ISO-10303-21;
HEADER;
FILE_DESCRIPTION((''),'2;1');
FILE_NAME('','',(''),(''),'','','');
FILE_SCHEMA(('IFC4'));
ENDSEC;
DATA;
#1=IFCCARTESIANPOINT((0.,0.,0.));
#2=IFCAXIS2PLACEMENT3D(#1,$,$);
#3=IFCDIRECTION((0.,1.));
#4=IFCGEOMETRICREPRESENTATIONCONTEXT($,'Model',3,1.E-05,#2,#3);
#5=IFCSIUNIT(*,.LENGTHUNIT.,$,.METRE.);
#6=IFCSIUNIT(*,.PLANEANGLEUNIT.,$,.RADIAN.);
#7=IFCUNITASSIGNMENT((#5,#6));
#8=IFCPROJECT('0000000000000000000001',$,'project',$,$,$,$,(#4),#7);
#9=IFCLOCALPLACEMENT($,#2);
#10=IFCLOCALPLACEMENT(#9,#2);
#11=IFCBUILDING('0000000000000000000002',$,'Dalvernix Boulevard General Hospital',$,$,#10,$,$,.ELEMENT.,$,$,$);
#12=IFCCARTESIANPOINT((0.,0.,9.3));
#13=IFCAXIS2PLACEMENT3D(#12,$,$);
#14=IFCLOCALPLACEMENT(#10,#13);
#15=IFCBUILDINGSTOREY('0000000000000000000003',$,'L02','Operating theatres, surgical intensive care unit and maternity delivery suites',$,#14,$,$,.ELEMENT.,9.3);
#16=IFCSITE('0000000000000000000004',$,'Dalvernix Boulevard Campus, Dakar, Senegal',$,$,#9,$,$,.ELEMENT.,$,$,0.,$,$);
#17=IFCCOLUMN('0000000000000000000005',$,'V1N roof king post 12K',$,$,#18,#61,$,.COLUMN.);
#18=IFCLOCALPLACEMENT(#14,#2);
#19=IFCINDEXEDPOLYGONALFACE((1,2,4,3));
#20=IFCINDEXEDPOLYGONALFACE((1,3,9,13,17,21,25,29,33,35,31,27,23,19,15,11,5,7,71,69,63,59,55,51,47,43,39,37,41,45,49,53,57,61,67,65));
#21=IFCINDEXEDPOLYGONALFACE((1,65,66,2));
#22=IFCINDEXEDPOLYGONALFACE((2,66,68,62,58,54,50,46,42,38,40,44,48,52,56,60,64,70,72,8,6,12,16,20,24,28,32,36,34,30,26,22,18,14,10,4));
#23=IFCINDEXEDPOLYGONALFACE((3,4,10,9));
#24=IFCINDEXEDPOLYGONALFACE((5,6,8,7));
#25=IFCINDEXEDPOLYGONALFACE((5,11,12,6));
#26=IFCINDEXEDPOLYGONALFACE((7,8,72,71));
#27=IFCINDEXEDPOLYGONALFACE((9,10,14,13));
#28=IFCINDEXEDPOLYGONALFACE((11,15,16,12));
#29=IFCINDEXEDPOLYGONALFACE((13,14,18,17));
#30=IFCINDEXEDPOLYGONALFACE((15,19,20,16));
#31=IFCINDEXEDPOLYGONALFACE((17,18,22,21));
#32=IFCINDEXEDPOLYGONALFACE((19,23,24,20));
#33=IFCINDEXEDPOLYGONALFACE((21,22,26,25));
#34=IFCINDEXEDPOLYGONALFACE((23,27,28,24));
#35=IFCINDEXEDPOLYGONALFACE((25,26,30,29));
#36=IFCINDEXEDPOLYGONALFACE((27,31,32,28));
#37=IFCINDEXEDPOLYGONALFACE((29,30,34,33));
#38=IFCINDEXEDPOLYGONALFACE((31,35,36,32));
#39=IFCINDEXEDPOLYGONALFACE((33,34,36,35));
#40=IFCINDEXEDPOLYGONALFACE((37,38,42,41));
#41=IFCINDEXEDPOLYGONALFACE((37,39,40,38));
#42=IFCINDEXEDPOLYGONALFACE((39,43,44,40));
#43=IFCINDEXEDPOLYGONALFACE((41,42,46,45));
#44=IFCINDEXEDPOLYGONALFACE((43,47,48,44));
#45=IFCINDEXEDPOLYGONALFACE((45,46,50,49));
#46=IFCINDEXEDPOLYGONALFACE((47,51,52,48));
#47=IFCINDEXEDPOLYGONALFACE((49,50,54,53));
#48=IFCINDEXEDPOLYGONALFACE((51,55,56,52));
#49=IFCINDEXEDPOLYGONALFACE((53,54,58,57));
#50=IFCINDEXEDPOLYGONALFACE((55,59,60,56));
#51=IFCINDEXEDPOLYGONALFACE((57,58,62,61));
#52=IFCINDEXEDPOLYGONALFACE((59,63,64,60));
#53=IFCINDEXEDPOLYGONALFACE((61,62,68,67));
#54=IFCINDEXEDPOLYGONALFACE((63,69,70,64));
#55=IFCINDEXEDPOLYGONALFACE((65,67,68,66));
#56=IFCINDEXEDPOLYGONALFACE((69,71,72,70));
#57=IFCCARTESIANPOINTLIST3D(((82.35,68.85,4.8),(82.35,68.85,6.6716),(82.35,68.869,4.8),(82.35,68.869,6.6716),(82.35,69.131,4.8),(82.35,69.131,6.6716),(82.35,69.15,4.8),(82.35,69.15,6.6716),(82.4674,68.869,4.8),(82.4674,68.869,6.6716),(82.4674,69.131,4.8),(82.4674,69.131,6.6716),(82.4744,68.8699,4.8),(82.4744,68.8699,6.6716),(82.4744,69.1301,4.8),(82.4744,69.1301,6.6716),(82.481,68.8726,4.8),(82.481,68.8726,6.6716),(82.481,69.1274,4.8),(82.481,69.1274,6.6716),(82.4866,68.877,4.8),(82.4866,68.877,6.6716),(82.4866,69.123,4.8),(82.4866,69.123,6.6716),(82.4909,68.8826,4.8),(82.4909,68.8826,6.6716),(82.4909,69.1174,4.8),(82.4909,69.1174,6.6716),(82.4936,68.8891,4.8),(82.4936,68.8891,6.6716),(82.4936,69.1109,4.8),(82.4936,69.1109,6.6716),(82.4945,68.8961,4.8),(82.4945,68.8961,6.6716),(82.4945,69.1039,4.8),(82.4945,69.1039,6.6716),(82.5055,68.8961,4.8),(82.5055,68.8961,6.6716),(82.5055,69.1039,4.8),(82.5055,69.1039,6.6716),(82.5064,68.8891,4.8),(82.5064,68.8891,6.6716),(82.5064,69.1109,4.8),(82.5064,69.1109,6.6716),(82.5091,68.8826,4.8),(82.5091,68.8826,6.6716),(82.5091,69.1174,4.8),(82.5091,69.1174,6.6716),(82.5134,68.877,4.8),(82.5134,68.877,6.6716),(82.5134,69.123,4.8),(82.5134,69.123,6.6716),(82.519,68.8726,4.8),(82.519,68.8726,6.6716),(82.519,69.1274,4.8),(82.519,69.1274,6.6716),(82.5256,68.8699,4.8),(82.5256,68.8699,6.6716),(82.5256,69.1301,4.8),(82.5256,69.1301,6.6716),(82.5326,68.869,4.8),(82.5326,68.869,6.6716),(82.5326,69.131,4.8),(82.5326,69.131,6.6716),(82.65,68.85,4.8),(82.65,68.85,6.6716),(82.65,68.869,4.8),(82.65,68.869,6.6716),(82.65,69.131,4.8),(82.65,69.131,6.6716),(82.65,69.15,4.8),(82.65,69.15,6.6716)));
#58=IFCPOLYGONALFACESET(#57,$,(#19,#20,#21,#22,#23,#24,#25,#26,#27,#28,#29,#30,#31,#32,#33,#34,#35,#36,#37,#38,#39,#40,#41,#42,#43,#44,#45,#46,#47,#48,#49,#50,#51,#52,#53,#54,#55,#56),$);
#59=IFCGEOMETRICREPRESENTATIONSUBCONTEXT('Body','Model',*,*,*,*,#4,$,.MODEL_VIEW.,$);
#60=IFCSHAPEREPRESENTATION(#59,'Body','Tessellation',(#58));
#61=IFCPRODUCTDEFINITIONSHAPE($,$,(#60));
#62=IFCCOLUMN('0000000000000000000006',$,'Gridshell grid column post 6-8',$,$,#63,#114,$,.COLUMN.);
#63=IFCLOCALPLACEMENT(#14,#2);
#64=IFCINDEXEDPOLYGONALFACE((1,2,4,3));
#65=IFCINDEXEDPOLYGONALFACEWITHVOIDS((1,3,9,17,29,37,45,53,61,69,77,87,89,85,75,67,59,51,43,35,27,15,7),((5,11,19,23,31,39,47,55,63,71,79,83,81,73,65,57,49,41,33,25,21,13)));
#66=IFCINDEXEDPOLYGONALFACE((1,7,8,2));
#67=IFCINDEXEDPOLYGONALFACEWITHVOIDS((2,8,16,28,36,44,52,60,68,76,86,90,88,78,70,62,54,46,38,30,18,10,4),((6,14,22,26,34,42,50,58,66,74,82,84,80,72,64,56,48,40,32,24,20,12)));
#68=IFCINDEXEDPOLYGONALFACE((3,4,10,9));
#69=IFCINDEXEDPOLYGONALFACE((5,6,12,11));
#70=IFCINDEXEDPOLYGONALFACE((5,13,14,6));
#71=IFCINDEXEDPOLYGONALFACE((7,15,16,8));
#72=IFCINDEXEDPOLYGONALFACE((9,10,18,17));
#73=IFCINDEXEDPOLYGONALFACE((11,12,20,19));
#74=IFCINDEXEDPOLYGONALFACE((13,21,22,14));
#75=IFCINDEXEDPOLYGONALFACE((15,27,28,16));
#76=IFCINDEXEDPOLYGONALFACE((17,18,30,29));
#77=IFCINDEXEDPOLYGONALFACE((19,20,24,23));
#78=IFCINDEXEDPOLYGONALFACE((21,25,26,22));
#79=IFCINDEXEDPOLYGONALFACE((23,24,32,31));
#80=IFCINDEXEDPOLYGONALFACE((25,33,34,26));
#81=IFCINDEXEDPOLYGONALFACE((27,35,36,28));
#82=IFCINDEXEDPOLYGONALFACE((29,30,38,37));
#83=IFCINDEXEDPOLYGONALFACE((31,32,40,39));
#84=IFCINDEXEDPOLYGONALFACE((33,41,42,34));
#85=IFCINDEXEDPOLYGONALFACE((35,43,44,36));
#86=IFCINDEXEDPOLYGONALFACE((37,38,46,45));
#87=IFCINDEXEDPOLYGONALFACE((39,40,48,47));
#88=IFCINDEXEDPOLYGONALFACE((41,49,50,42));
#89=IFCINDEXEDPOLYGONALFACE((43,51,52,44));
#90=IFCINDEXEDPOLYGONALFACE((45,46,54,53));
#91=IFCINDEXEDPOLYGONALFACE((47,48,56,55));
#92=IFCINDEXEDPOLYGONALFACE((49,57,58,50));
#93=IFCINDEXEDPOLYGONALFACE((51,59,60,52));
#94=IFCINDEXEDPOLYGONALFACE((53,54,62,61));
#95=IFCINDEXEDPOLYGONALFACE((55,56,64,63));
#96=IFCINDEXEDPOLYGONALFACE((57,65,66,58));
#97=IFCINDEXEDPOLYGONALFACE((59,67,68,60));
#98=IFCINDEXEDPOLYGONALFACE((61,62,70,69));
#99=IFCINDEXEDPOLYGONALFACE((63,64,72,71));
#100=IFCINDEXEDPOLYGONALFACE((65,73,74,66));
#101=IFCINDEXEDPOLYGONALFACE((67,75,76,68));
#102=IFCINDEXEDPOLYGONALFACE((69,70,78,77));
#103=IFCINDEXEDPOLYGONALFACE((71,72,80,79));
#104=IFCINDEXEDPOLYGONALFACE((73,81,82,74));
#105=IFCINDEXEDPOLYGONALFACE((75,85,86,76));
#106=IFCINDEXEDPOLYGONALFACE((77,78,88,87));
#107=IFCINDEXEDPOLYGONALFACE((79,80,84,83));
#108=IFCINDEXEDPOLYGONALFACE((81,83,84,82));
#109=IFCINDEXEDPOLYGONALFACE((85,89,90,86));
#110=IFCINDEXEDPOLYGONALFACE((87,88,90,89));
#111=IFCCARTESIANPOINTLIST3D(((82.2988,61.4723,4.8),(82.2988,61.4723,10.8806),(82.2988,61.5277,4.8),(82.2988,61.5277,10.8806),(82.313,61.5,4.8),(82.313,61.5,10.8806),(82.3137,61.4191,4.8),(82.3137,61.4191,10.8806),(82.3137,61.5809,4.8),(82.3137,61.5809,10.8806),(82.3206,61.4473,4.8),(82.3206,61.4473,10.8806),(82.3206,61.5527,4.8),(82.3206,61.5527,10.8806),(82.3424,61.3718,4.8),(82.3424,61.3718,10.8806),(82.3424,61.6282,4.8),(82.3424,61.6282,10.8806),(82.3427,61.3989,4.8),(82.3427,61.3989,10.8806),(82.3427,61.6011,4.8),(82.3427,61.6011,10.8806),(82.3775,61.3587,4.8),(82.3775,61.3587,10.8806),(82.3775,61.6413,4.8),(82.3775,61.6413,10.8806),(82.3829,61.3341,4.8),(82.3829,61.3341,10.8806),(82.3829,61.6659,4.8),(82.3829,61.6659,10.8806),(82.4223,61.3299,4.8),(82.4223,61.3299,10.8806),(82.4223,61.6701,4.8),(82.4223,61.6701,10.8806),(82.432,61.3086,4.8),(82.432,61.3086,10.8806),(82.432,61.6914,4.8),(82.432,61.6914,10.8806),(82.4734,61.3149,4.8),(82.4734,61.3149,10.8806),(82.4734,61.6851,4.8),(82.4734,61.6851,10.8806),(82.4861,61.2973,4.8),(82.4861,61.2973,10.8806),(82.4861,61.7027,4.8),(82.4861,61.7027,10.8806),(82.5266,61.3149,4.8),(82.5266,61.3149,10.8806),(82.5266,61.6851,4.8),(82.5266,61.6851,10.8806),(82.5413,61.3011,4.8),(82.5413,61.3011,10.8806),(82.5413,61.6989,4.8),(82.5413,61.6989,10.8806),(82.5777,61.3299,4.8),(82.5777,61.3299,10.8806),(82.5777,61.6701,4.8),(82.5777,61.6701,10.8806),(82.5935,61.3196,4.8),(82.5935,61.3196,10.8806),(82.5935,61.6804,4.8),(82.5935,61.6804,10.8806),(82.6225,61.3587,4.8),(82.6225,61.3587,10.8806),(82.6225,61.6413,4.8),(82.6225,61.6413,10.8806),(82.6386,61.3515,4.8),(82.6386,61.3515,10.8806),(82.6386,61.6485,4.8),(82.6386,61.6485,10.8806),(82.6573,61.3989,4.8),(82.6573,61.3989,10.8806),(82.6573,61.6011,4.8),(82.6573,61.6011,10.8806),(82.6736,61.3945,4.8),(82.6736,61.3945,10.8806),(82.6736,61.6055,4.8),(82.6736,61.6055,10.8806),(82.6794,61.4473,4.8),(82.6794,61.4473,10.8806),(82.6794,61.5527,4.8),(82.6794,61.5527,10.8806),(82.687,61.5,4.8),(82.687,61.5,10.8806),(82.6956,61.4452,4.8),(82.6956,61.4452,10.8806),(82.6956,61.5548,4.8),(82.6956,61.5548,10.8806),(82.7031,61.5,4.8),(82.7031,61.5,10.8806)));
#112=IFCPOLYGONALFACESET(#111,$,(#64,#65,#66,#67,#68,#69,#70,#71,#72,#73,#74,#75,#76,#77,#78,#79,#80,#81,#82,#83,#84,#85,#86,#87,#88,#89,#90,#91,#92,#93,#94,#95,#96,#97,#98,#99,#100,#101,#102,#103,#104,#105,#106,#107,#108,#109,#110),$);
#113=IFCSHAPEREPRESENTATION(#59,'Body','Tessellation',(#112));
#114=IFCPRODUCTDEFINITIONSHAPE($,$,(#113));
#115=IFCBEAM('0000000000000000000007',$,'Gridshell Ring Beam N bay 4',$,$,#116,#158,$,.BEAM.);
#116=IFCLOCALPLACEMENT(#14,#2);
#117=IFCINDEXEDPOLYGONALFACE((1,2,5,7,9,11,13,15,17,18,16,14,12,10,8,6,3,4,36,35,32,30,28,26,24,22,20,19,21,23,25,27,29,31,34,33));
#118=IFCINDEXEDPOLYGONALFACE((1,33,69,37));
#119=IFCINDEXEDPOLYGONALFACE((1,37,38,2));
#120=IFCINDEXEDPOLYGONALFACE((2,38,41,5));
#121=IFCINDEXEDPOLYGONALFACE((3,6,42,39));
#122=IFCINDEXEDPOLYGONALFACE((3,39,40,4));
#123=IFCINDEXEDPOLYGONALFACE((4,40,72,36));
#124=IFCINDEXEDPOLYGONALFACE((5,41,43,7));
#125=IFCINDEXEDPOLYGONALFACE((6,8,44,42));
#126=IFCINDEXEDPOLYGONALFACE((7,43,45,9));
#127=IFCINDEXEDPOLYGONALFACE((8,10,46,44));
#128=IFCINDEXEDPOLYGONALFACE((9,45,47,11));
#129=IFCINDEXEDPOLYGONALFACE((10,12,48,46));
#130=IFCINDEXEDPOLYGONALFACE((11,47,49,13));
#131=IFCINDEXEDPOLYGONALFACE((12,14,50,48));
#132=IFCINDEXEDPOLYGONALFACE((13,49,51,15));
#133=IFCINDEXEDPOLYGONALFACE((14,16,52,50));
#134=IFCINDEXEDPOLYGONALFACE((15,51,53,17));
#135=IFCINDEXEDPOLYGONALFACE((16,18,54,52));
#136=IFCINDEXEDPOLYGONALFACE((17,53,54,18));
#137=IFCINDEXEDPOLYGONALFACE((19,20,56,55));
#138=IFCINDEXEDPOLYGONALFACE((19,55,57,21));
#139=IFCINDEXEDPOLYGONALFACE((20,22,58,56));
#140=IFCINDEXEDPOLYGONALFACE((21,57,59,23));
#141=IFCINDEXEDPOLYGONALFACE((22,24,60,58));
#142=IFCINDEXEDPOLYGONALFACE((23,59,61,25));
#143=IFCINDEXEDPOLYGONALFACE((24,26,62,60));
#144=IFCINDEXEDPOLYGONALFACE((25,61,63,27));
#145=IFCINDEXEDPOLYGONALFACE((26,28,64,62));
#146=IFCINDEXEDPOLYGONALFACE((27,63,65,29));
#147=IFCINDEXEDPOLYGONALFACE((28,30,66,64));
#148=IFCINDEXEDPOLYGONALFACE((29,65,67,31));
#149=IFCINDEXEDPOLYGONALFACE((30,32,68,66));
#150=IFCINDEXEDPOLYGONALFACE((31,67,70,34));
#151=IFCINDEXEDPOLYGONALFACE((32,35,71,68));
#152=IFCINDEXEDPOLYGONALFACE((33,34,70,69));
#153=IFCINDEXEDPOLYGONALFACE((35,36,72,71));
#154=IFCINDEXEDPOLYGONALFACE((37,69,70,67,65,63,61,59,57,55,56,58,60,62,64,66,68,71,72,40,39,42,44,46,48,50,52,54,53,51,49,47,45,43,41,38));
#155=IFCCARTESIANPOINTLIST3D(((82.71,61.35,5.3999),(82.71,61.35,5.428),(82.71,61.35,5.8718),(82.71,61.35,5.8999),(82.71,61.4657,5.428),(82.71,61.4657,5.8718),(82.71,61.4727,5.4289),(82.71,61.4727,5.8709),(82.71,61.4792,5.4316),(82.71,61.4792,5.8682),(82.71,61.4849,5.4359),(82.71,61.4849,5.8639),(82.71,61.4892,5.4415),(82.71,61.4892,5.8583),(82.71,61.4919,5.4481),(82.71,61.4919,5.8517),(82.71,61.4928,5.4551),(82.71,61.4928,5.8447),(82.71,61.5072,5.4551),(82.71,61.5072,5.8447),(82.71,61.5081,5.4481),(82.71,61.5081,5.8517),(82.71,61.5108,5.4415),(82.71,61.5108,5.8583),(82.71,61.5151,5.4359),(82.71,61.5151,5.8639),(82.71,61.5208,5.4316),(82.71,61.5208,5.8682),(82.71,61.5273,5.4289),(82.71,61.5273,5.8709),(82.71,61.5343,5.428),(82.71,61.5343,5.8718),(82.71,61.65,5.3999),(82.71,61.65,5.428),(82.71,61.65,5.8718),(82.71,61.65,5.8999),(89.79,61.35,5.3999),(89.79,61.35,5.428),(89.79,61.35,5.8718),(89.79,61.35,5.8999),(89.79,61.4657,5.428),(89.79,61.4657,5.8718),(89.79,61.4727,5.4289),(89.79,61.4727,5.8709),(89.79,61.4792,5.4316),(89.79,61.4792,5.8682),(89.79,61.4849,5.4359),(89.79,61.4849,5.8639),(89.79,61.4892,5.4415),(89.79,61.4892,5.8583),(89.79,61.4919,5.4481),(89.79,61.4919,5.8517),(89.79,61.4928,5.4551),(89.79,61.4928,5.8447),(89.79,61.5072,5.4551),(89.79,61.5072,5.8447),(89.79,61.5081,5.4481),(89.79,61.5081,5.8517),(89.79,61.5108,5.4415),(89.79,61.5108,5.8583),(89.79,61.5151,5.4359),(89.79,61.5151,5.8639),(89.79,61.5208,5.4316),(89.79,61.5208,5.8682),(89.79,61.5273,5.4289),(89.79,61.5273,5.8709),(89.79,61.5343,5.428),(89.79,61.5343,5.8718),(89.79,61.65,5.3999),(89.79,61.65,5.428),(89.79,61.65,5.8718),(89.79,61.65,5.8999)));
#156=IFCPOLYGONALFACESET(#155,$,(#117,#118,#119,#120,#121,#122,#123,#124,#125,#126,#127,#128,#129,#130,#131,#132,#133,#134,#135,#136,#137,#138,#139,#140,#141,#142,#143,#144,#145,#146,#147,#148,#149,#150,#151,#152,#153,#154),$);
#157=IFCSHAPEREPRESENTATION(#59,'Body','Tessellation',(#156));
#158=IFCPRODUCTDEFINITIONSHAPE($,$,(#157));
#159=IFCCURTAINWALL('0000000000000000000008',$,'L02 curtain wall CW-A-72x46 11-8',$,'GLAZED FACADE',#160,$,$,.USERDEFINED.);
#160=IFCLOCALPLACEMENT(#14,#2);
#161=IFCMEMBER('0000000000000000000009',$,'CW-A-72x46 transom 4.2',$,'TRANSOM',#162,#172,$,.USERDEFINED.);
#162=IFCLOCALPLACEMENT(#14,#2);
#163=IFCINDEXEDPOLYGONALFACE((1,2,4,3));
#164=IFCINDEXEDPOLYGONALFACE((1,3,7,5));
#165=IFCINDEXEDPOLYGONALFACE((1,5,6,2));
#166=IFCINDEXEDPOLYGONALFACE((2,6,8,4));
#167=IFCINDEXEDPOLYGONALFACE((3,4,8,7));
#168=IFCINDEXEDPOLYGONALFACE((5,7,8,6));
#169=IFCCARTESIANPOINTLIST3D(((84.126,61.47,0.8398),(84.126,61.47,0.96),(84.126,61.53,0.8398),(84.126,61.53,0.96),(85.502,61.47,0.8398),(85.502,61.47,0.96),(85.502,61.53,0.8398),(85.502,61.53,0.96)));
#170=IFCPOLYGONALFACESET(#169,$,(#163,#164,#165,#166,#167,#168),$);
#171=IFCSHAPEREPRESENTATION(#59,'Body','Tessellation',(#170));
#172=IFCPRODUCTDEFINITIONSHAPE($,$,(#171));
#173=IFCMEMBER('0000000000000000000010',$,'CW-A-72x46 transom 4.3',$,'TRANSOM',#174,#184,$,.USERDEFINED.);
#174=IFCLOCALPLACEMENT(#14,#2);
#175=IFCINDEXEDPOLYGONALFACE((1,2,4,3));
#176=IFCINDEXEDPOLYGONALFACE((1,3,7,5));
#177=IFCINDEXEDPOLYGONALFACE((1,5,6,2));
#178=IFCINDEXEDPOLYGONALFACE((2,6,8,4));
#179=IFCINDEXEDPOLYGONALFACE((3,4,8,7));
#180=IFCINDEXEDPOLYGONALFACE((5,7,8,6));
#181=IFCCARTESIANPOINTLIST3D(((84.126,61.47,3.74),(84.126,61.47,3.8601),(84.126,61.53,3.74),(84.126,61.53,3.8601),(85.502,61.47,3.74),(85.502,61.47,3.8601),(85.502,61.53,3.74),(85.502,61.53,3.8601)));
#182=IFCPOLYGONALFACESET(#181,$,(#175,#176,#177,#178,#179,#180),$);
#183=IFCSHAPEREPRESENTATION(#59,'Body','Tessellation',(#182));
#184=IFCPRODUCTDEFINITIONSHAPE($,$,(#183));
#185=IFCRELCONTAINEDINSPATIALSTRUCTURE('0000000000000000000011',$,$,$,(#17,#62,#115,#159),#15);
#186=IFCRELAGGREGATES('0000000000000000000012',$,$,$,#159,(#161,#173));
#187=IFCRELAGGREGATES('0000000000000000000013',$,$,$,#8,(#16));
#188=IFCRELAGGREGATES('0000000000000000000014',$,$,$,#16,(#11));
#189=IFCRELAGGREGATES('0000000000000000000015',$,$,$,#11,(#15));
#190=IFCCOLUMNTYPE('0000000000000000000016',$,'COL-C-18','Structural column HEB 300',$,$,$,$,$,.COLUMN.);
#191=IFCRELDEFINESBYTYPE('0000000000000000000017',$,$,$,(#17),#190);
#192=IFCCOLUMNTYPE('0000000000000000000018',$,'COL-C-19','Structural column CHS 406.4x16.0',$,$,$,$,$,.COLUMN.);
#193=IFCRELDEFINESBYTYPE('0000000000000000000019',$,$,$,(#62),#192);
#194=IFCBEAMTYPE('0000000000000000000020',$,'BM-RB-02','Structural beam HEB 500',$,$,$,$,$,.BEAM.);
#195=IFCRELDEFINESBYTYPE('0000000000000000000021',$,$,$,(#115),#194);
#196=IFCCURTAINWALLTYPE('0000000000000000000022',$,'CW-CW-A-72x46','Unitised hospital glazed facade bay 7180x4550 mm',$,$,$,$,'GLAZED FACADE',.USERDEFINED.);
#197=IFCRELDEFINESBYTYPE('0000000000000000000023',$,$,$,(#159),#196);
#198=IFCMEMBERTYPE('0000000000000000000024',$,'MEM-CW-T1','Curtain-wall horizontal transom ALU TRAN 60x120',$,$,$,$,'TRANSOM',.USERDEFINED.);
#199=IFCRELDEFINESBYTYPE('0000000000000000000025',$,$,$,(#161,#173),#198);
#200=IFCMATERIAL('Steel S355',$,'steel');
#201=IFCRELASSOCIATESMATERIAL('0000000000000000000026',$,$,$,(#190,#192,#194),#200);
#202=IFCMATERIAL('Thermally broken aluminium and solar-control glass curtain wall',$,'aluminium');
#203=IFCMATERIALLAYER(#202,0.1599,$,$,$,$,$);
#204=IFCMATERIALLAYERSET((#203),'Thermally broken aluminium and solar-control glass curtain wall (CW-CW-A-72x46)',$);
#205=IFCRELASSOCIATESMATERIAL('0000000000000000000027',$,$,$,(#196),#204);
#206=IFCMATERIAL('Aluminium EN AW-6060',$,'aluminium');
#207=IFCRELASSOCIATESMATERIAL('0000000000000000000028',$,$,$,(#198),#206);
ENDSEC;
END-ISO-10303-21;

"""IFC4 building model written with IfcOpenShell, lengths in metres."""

from ifc_helpers import new_model, si_unit, direction, frame, origin, origin_2d, place, context, subcontext, project, spatial, rectangle, hollow_circle, i_section, extrude, material, layer, layer_set, material_profile, profile_set, type_object, element, aggregate, save


model = new_model("IFC4")

# Units and contexts
model_context = context("Model", 3, precision=1e-05, world=origin(), true_north=direction((0.0, 1.0)))
body_context = subcontext(model_context, "Body", "Model", "MODEL_VIEW")
ifc_project = project(units=[si_unit("LENGTHUNIT", "METRE"), si_unit("PLANEANGLEUNIT", "RADIAN")], contexts=[model_context])

# Site, building, storey
site_placement = place(None, origin())
site = spatial("IfcSite", under=ifc_project, at=site_placement, Name="Dalvernix Boulevard Campus, Dakar, Senegal", CompositionType="ELEMENT", RefElevation=0.0)
building_placement = place(site_placement, origin())
building = spatial("IfcBuilding", under=site, at=building_placement, Name="Dalvernix Boulevard General Hospital", CompositionType="ELEMENT")
storey_placement = place(building_placement, frame((0.0, 0.0, 9.3)))
storey = spatial("IfcBuildingStorey", under=building, at=storey_placement, Name="L02", Description="Operating theatres, surgical intensive care unit and maternity delivery suites", CompositionType="ELEMENT", Elevation=9.3)

# Columns
ifc_material_1 = material(Name="Steel S355", Category="steel")
ifc_material_profile_1 = material_profile(ifc_material_1, i_section(OverallWidth=0.3, OverallDepth=0.3, WebThickness=0.011, FlangeThickness=0.019, FilletRadius=0.0271, at=origin_2d()), Name="HEB 300")
ifc_profile_set_1 = profile_set([ifc_material_profile_1], Name="Steel S355")
column_type_1 = type_object("IfcColumnType", Name="COL-C-18", Description="Structural column HEB 300", PredefinedType="COLUMN", material=ifc_profile_set_1)
column_1_placement = place(storey_placement, frame((82.5, 69.0, 4.8), z_axis=(0.0, 0.0, 1.0), x_axis=(1.0, 0.0, 0.0)))
element("IfcColumn", 1, at=column_1_placement, inside=storey, type_object=column_type_1, Name="V1N roof king post 12K", PredefinedType="COLUMN", context=body_context, shape_type="SweptSolid", body=[
    extrude(i_section(OverallWidth=0.3, OverallDepth=0.3, WebThickness=0.011, FlangeThickness=0.019, FilletRadius=0.0271, at=origin_2d()), origin(), (0.0, 0.0, 1.0), 1.8716),
])
ifc_material_profile_2 = material_profile(ifc_material_1, hollow_circle(Radius=0.2031, WallThickness=0.0161, at=origin_2d()), Name="CHS 406.4x16.0")
ifc_profile_set_2 = profile_set([ifc_material_profile_2], Name="Steel S355")
column_type_2 = type_object("IfcColumnType", Name="COL-C-19", Description="Structural column CHS 406.4x16.0", PredefinedType="COLUMN", material=ifc_profile_set_2)
column_2_placement = place(storey_placement, frame((82.5, 61.5, 4.8), z_axis=(0.0, 0.0, 1.0), x_axis=(1.0, 0.0, 0.0)))
element("IfcColumn", 2, at=column_2_placement, inside=storey, type_object=column_type_2, Name="Gridshell grid column post 6-8", PredefinedType="COLUMN", context=body_context, shape_type="SweptSolid", body=[
    extrude(hollow_circle(Radius=0.2031, WallThickness=0.0161, at=origin_2d()), origin(), (0.0, 0.0, 1.0), 6.0806),
])

# Beam
ifc_material_profile_3 = material_profile(ifc_material_1, i_section(OverallWidth=0.3, OverallDepth=0.5, WebThickness=0.0144, FlangeThickness=0.0281, FilletRadius=0.0271, at=origin_2d()), Name="HEB 500")
ifc_profile_set_3 = profile_set([ifc_material_profile_3], Name="Steel S355")
beam_type = type_object("IfcBeamType", Name="BM-RB-02", Description="Structural beam HEB 500", PredefinedType="BEAM", material=ifc_profile_set_3)
beam_placement = place(storey_placement, frame((82.71, 61.5, 5.6499), z_axis=(1.0, 0.0, 0.0), x_axis=(0.0, 1.0, 0.0)))
element("IfcBeam", 3, at=beam_placement, inside=storey, type_object=beam_type, Name="Gridshell Ring Beam N bay 4", PredefinedType="BEAM", context=body_context, shape_type="SweptSolid", body=[
    extrude(i_section(OverallWidth=0.3, OverallDepth=0.5, WebThickness=0.0144, FlangeThickness=0.0281, FilletRadius=0.0271, at=origin_2d()), origin(), (0.0, 0.0, 1.0), 7.0801),
])

# Curtain wall, members
ifc_material_2 = material(Name="Thermally broken aluminium and solar-control glass curtain wall", Category="aluminium")
ifc_layer_1 = layer(ifc_material_2, 0.1599)
ifc_layer_set_1 = layer_set([ifc_layer_1], Name="Thermally broken aluminium and solar-control glass curtain wall (CW-CW-A-72x46)")
curtain_wall_type_1 = type_object("IfcCurtainWallType", Name="CW-CW-A-72x46", Description="Unitised hospital glazed facade bay 7180x4550 mm", ElementType="GLAZED FACADE", PredefinedType="USERDEFINED", material=ifc_layer_set_1)
curtain_wall_1_placement = place(storey_placement, origin())
curtain_wall_1 = element("IfcCurtainWall", 4, at=curtain_wall_1_placement, inside=storey, type_object=curtain_wall_type_1, Name="L02 curtain wall CW-A-72x46 11-8", ObjectType="GLAZED FACADE", PredefinedType="USERDEFINED")
ifc_material_3 = material(Name="Aluminium EN AW-6060", Category="aluminium")
ifc_material_profile_4 = material_profile(ifc_material_3, rectangle(XDim=0.0601, YDim=0.1201, at=origin_2d()), Name="ALU TRAN 60x120")
ifc_profile_set_4 = profile_set([ifc_material_profile_4], Name="Aluminium EN AW-6060")
member_type_1 = type_object("IfcMemberType", Name="MEM-CW-T1", Description="Curtain-wall horizontal transom ALU TRAN 60x120", ElementType="TRANSOM", PredefinedType="USERDEFINED", material=ifc_profile_set_4)
member_1_placement = place(storey_placement, frame((85.502, 61.5, 0.8999), z_axis=(-1.0, 0.0, 0.0), x_axis=(0.0, -1.0, 0.0)))
member_1 = element("IfcMember", 5, at=member_1_placement, type_object=member_type_1, Name="CW-A-72x46 transom 4.2", ObjectType="TRANSOM", PredefinedType="USERDEFINED", context=body_context, shape_type="SweptSolid", body=[
    extrude(rectangle(XDim=0.0601, YDim=0.1201, at=origin_2d()), origin(), (0.0, 0.0, 1.0), 1.376),
])
member_2_placement = place(storey_placement, frame((85.502, 61.5, 3.8), z_axis=(-1.0, 0.0, 0.0), x_axis=(0.0, -1.0, 0.0)))
member_2 = element("IfcMember", 6, at=member_2_placement, type_object=member_type_1, Name="CW-A-72x46 transom 4.3", ObjectType="TRANSOM", PredefinedType="USERDEFINED", context=body_context, shape_type="SweptSolid", body=[
    extrude(rectangle(XDim=0.0601, YDim=0.1201, at=origin_2d()), origin(), (0.0, 0.0, 1.0), 1.376),
])

aggregate(curtain_wall_1, [member_1, member_2])

save(model, "model.ifc")
